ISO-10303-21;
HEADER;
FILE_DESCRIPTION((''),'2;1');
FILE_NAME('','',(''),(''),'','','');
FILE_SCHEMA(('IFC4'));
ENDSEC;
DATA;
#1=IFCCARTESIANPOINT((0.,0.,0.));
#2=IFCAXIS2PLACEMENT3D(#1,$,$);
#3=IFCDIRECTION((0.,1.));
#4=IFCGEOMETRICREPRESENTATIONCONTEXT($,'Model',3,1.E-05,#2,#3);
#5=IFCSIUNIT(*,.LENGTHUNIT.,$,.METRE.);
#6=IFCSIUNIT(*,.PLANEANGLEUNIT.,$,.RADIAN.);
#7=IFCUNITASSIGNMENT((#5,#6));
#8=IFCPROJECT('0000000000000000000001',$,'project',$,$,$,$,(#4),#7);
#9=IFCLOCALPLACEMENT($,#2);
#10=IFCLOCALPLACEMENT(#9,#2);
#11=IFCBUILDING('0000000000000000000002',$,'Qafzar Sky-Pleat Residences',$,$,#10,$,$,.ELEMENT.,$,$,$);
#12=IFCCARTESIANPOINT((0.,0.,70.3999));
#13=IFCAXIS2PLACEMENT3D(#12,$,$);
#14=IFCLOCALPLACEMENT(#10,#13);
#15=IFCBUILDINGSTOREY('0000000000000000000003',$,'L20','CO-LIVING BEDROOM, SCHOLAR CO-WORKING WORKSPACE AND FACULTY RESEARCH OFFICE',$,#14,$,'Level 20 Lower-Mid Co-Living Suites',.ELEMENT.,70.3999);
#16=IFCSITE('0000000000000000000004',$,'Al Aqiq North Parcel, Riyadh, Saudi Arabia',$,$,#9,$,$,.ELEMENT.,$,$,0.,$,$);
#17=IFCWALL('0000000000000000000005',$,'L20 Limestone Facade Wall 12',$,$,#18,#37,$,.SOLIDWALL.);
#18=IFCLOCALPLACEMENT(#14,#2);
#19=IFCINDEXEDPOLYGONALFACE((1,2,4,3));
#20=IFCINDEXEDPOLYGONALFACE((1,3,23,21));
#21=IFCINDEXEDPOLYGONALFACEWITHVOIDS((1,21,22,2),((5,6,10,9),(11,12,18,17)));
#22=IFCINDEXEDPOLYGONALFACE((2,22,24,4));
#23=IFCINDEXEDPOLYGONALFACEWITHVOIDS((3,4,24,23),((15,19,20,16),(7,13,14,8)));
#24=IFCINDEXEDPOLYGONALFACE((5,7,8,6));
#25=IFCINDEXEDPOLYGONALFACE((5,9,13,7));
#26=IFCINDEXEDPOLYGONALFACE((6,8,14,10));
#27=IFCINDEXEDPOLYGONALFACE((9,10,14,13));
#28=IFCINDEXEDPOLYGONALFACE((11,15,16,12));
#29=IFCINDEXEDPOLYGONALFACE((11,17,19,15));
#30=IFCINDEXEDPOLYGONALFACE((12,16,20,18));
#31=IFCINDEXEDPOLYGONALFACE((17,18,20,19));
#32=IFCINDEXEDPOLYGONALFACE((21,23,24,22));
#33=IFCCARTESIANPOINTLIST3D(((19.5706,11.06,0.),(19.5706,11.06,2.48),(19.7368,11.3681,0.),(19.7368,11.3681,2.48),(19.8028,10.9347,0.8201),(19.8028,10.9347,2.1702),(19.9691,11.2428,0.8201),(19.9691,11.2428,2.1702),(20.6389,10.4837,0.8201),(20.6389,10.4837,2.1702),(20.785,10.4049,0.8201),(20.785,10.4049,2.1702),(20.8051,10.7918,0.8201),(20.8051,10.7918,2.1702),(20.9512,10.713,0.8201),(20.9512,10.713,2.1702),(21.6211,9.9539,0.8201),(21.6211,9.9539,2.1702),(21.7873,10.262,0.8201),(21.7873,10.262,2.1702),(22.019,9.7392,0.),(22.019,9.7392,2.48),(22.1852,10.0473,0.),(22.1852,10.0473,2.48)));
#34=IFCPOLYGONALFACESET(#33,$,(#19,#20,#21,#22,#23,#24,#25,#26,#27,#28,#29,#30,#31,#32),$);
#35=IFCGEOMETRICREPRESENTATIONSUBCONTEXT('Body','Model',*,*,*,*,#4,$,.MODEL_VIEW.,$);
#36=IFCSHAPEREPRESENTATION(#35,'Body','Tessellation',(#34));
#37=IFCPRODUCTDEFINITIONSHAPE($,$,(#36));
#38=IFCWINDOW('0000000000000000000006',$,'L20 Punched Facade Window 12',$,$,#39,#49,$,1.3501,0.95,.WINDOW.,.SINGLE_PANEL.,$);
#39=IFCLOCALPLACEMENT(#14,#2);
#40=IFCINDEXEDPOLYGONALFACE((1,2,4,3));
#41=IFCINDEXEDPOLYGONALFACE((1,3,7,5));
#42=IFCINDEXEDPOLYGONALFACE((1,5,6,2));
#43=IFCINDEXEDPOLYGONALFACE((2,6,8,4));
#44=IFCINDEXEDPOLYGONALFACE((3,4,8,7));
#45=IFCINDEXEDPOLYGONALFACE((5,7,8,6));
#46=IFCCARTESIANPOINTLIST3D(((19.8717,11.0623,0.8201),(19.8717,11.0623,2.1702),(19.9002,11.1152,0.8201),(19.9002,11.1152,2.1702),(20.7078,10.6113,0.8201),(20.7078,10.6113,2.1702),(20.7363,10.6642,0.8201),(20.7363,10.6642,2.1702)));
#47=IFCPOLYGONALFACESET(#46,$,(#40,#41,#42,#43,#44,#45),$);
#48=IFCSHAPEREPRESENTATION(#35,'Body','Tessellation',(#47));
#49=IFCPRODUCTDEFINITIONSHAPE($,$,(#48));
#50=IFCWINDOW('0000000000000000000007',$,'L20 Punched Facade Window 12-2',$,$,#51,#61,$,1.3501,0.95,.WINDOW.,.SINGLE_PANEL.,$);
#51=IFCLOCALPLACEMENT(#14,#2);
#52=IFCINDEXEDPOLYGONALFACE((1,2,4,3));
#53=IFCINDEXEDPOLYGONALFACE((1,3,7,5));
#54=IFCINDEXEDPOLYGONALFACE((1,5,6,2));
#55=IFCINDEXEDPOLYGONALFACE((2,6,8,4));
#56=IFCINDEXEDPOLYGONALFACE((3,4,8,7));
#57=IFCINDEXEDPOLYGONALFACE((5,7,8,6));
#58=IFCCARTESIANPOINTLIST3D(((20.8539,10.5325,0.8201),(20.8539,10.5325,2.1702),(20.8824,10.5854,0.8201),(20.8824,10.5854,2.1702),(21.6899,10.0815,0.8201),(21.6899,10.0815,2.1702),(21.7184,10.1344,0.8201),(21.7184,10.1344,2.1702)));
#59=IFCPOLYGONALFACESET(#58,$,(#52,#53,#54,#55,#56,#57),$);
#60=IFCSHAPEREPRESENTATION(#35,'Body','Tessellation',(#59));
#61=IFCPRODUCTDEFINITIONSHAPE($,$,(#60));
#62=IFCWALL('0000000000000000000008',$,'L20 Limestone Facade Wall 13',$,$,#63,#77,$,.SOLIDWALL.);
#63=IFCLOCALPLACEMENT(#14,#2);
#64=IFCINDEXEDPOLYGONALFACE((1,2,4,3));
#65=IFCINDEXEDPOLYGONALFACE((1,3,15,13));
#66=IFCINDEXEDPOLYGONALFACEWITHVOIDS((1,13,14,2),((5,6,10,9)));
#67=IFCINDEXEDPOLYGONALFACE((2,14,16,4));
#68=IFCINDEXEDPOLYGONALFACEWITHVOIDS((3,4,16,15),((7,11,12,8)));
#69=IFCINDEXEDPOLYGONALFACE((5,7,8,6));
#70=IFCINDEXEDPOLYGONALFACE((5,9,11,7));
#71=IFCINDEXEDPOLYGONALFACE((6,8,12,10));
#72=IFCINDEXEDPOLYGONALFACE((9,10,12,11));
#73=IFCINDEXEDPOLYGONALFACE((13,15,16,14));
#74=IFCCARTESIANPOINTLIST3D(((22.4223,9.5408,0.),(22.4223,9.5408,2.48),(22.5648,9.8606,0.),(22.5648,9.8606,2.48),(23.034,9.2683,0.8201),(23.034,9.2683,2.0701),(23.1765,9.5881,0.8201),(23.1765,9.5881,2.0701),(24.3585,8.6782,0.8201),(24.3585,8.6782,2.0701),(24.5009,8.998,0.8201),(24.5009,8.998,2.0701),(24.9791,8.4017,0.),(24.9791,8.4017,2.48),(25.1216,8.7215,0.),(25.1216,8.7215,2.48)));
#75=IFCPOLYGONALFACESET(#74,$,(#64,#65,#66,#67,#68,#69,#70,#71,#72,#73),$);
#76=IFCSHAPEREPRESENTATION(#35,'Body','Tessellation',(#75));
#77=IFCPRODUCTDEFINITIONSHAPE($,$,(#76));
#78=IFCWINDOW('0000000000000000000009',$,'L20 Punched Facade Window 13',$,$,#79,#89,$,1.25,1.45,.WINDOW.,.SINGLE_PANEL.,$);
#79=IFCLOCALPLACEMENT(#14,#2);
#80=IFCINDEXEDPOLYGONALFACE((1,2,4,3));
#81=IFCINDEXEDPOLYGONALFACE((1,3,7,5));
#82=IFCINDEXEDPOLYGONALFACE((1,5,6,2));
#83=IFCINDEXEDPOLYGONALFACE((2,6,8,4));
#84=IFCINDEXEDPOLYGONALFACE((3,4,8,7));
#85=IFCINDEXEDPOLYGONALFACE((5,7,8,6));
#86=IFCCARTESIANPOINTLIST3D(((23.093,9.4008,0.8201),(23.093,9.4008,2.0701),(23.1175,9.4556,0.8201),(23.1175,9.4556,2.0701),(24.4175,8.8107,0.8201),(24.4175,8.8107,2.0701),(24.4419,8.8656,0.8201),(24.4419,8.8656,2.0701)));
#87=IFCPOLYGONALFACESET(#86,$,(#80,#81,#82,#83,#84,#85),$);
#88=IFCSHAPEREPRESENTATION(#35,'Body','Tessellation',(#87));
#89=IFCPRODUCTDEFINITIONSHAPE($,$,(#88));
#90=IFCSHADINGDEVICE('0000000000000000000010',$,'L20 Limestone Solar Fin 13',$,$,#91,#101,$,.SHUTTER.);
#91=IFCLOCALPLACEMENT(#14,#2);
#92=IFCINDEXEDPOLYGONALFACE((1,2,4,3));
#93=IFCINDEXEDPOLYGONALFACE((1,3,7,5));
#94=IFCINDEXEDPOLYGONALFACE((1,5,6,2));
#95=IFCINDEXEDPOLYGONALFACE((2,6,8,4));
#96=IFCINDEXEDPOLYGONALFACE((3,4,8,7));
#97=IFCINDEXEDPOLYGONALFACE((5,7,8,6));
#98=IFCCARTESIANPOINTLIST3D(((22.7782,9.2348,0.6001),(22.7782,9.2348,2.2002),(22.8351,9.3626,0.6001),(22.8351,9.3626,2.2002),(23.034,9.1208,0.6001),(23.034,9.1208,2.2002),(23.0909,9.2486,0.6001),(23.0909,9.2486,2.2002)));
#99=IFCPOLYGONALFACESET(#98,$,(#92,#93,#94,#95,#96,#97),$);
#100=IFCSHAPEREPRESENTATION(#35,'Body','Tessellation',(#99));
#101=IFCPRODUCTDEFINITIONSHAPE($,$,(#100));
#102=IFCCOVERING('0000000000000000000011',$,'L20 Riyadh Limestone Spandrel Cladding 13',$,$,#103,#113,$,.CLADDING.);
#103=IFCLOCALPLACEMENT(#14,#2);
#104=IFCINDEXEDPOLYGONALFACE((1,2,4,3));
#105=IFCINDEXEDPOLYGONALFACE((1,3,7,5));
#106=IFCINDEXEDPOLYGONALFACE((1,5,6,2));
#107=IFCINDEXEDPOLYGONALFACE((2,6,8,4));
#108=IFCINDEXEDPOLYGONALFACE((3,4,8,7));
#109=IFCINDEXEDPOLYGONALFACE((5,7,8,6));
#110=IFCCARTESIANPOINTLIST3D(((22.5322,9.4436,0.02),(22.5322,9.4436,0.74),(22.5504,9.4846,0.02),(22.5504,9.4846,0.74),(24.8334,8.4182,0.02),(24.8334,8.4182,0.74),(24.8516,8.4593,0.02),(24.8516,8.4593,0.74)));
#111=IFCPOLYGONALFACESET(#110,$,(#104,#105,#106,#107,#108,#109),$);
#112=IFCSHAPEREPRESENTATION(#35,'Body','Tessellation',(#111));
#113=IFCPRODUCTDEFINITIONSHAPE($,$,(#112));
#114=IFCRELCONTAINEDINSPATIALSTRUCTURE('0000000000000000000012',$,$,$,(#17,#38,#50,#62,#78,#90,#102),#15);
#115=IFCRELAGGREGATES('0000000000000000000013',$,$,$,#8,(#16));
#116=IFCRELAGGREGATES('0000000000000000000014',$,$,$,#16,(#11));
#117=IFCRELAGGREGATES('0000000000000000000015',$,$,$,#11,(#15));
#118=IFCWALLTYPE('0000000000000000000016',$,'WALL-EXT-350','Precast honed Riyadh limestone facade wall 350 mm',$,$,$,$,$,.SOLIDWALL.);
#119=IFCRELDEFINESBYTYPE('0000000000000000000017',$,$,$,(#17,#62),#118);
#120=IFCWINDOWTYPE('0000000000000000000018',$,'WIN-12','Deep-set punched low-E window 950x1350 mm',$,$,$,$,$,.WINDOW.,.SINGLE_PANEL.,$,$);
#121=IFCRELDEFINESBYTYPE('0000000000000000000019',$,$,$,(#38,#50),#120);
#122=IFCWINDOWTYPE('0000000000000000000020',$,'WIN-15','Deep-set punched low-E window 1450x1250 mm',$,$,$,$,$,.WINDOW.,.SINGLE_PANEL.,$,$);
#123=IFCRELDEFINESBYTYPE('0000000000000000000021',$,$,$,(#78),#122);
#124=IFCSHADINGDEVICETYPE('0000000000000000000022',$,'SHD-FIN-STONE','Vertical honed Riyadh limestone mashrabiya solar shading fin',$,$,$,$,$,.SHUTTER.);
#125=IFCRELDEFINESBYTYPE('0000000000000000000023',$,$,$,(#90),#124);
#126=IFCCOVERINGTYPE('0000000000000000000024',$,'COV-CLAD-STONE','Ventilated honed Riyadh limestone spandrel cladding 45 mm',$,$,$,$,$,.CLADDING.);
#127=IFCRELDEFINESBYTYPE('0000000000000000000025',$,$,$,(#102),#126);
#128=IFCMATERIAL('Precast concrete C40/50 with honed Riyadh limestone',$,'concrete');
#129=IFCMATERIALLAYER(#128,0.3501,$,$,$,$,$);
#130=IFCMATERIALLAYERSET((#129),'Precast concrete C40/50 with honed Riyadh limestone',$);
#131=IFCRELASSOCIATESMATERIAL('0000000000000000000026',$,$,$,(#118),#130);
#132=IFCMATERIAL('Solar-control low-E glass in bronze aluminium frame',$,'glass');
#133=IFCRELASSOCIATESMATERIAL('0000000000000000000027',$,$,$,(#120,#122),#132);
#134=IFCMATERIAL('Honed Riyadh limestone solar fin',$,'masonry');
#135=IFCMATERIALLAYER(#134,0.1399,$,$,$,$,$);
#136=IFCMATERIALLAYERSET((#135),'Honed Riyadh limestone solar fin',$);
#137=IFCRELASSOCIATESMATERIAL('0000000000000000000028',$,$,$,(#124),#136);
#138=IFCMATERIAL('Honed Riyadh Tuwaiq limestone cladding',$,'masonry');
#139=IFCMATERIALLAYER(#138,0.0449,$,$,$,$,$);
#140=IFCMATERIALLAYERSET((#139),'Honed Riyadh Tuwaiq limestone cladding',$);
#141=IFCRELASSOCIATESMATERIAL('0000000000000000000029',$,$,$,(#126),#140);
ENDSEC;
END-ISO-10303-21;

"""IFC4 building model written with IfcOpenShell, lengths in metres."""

from ifc_helpers import new_model, si_unit, direction, frame, frame_2d, origin, origin_2d, place, context, subcontext, project, spatial, rectangle, extrude, source, transform, mapped, material, layer, layer_set, type_object, element, fill, save


model = new_model("IFC4")

# Units and contexts
model_context = context("Model", 3, precision=1e-05, world=origin(), true_north=direction((0.0, 1.0)))
body_context = subcontext(model_context, "Body", "Model", "MODEL_VIEW")
ifc_project = project(units=[si_unit("LENGTHUNIT", "METRE"), si_unit("PLANEANGLEUNIT", "RADIAN")], contexts=[model_context])

# Site, building, storey
site_placement = place(None, origin())
site = spatial("IfcSite", under=ifc_project, at=site_placement, Name="Al Aqiq North Parcel, Riyadh, Saudi Arabia", CompositionType="ELEMENT", RefElevation=0.0)
building_placement = place(site_placement, origin())
building = spatial("IfcBuilding", under=site, at=building_placement, Name="Qafzar Sky-Pleat Residences", CompositionType="ELEMENT")
storey_placement = place(building_placement, frame((0.0, 0.0, 70.3999)))
storey = spatial("IfcBuildingStorey", under=building, at=storey_placement, Name="L20", Description="CO-LIVING BEDROOM, SCHOLAR CO-WORKING WORKSPACE AND FACULTY RESEARCH OFFICE", LongName="Level 20 Lower-Mid Co-Living Suites", CompositionType="ELEMENT", Elevation=70.3999)

# Wall, openings, windows
ifc_material_1 = material(Name="Precast concrete C40/50 with honed Riyadh limestone", Category="concrete")
ifc_layer_1 = layer(ifc_material_1, 0.3501)
ifc_layer_set_1 = layer_set([ifc_layer_1], Name="Precast concrete C40/50 with honed Riyadh limestone")
wall_type_1 = type_object("IfcWallType", Name="WALL-EXT-350", Description="Precast honed Riyadh limestone facade wall 350 mm", PredefinedType="SOLIDWALL", material=ifc_layer_set_1)
wall_1_placement = place(storey_placement, frame((19.6536, 11.2141, 0.0), z_axis=(0.0, 0.0, 1.0), x_axis=(0.880113, -0.474764, 0.0)))
wall_1 = element("IfcWall", 1, at=wall_1_placement, inside=storey, type_object=wall_type_1, Name="L20 Limestone Facade Wall 12", PredefinedType="SOLIDWALL", context=body_context, shape_type="SweptSolid", body=[
    extrude(rectangle(XDim=2.782, YDim=0.3501, at=frame_2d((1.3911, 0.0))), origin(), (0.0, 0.0, 1.0), 2.48),
])
opening_1_placement = place(wall_1_placement, frame((0.2639, 0.0, 0.8201)))
opening_1 = element("IfcOpeningElement", 2, at=opening_1_placement, cuts=wall_1, PredefinedType="OPENING", context=body_context, shape_type="SweptSolid", body=[
    extrude(rectangle(XDim=0.95, YDim=1.3501, at=frame_2d((0.4751, 0.675))), frame((0.0, 0.1851, 0.0), z_axis=(0.0, -1.0, 0.0), x_axis=(1.0, 0.0, 0.0)), (0.0, 0.0, 1.0), 0.3701),
])
opening_2_placement = place(wall_1_placement, frame((1.3799, 0.0, 0.8201)))
opening_2 = element("IfcOpeningElement", 3, at=opening_2_placement, cuts=wall_1, PredefinedType="OPENING", context=body_context, shape_type="SweptSolid", body=[
    extrude(rectangle(XDim=0.95, YDim=1.3501, at=frame_2d((0.4751, 0.675))), frame((0.0, 0.1851, 0.0), z_axis=(0.0, -1.0, 0.0), x_axis=(1.0, 0.0, 0.0)), (0.0, 0.0, 1.0), 0.3701),
])
ifc_material_2 = material(Name="Solar-control low-E glass in bronze aluminium frame", Category="glass")
window_type_1 = type_object("IfcWindowType", Name="WIN-12", Description="Deep-set punched low-E window 950x1350 mm", PartitioningType="SINGLE_PANEL", PredefinedType="WINDOW", material=ifc_material_2)
shared_shape_1 = source(origin(), body_context, "Body", "SweptSolid", [
    extrude(rectangle(XDim=0.95, YDim=1.3501, at=frame_2d((0.4751, 0.675))), frame((0.0, 0.03, 0.0), z_axis=(0.0, -1.0, 0.0), x_axis=(1.0, 0.0, 0.0)), (0.0, 0.0, 1.0), 0.0601),
])
window_1_placement = place(opening_1_placement, origin())
window_1 = element("IfcWindow", 4, at=window_1_placement, inside=storey, type_object=window_type_1, Name="L20 Punched Facade Window 12", OverallHeight=1.3501, OverallWidth=0.95, PartitioningType="SINGLE_PANEL", PredefinedType="WINDOW", context=body_context, shape_type="MappedRepresentation", body=[
    mapped(shared_shape_1, transform((0.0, 0.0, 0.0), x_axis=(1.0, 0.0, 0.0), y_axis=(0.0, 1.0, 0.0), z_axis=(0.0, 0.0, 1.0), scale=1.0)),
])
fill(opening_1, window_1)
window_2_placement = place(opening_2_placement, origin())
window_2 = element("IfcWindow", 5, at=window_2_placement, inside=storey, type_object=window_type_1, Name="L20 Punched Facade Window 12-2", OverallHeight=1.3501, OverallWidth=0.95, PartitioningType="SINGLE_PANEL", PredefinedType="WINDOW", context=body_context, shape_type="MappedRepresentation", body=[
    mapped(shared_shape_1, transform((0.0, 0.0, 0.0), x_axis=(1.0, 0.0, 0.0), y_axis=(0.0, 1.0, 0.0), z_axis=(0.0, 0.0, 1.0), scale=1.0)),
])
fill(opening_2, window_2)

# Wall, opening, window
wall_2_placement = place(storey_placement, frame((22.4937, 9.7007, 0.0), z_axis=(0.0, 0.0, 1.0), x_axis=(0.913444, -0.406964, 0.0)))
wall_2 = element("IfcWall", 6, at=wall_2_placement, inside=storey, type_object=wall_type_1, Name="L20 Limestone Facade Wall 13", PredefinedType="SOLIDWALL", context=body_context, shape_type="SweptSolid", body=[
    extrude(rectangle(XDim=2.7991, YDim=0.3501, at=frame_2d((1.3994, 0.0))), origin(), (0.0, 0.0, 1.0), 2.48),
])
opening_3_placement = place(wall_2_placement, frame((0.6694, 0.0, 0.8201)))
opening_3 = element("IfcOpeningElement", 7, at=opening_3_placement, cuts=wall_2, PredefinedType="OPENING", context=body_context, shape_type="SweptSolid", body=[
    extrude(rectangle(XDim=1.45, YDim=1.25, at=frame_2d((0.7251, 0.625))), frame((0.0, 0.1851, 0.0), z_axis=(0.0, -1.0, 0.0), x_axis=(1.0, 0.0, 0.0)), (0.0, 0.0, 1.0), 0.3701),
])
window_type_2 = type_object("IfcWindowType", Name="WIN-15", Description="Deep-set punched low-E window 1450x1250 mm", PartitioningType="SINGLE_PANEL", PredefinedType="WINDOW", material=ifc_material_2)
shared_shape_2 = source(origin(), body_context, "Body", "SweptSolid", [
    extrude(rectangle(XDim=1.45, YDim=1.25, at=frame_2d((0.7251, 0.625))), frame((0.0, 0.03, 0.0), z_axis=(0.0, -1.0, 0.0), x_axis=(1.0, 0.0, 0.0)), (0.0, 0.0, 1.0), 0.0601),
])
window_3_placement = place(opening_3_placement, origin())
window_3 = element("IfcWindow", 8, at=window_3_placement, inside=storey, type_object=window_type_2, Name="L20 Punched Facade Window 13", OverallHeight=1.25, OverallWidth=1.45, PartitioningType="SINGLE_PANEL", PredefinedType="WINDOW", context=body_context, shape_type="MappedRepresentation", body=[
    mapped(shared_shape_2, transform((0.0, 0.0, 0.0), x_axis=(1.0, 0.0, 0.0), y_axis=(0.0, 1.0, 0.0), z_axis=(0.0, 0.0, 1.0), scale=1.0)),
])
fill(opening_3, window_3)

# Shading device
ifc_material_3 = material(Name="Honed Riyadh limestone solar fin", Category="masonry")
ifc_layer_2 = layer(ifc_material_3, 0.1399)
ifc_layer_set_2 = layer_set([ifc_layer_2], Name="Honed Riyadh limestone solar fin")
shading_device_type = type_object("IfcShadingDeviceType", Name="SHD-FIN-STONE", Description="Vertical honed Riyadh limestone mashrabiya solar shading fin", PredefinedType="SHUTTER", material=ifc_layer_set_2)
shared_shape_3 = source(origin(), body_context, "Body", "SweptSolid", [
    extrude(rectangle(XDim=0.1399, YDim=0.28, at=origin_2d()), origin(), (0.0, 0.0, 1.0), 1.6001),
])
shading_device_placement = place(storey_placement, frame((22.9346, 9.2417, 0.6001), z_axis=(0.0, 0.0, 1.0), x_axis=(-0.406987, -0.913434, 0.0)))
element("IfcShadingDevice", 9, at=shading_device_placement, inside=storey, type_object=shading_device_type, Name="L20 Limestone Solar Fin 13", PredefinedType="SHUTTER", context=body_context, shape_type="MappedRepresentation", body=[
    mapped(shared_shape_3, transform((0.0, 0.0, 0.0), x_axis=(1.0, 0.0, 0.0), y_axis=(0.0, 1.0, 0.0), z_axis=(0.0, 0.0, 1.0), scale=1.0)),
])

# Covering
ifc_material_4 = material(Name="Honed Riyadh Tuwaiq limestone cladding", Category="masonry")
ifc_layer_3 = layer(ifc_material_4, 0.0449)
ifc_layer_set_3 = layer_set([ifc_layer_3], Name="Honed Riyadh Tuwaiq limestone cladding")
covering_type = type_object("IfcCoveringType", Name="COV-CLAD-STONE", Description="Ventilated honed Riyadh limestone spandrel cladding 45 mm", PredefinedType="CLADDING", material=ifc_layer_set_3)
shared_shape_4 = source(origin(), body_context, "Body", "SweptSolid", [
    extrude(rectangle(XDim=2.5193, YDim=0.0449, at=origin_2d()), origin(), (0.0, 0.0, 1.0), 0.72),
])
covering_placement = place(storey_placement, frame((23.6919, 8.9514, 0.02), z_axis=(0.0, 0.0, 1.0), x_axis=(0.913434, -0.406987, 0.0)))
element("IfcCovering", 10, at=covering_placement, inside=storey, type_object=covering_type, Name="L20 Riyadh Limestone Spandrel Cladding 13", PredefinedType="CLADDING", context=body_context, shape_type="MappedRepresentation", body=[
    mapped(shared_shape_4, transform((0.0, 0.0, 0.0), x_axis=(1.0, 0.0, 0.0), y_axis=(0.0, 1.0, 0.0), z_axis=(0.0, 0.0, 1.0), scale=1.0)),
])

save(model, "model.ifc")
